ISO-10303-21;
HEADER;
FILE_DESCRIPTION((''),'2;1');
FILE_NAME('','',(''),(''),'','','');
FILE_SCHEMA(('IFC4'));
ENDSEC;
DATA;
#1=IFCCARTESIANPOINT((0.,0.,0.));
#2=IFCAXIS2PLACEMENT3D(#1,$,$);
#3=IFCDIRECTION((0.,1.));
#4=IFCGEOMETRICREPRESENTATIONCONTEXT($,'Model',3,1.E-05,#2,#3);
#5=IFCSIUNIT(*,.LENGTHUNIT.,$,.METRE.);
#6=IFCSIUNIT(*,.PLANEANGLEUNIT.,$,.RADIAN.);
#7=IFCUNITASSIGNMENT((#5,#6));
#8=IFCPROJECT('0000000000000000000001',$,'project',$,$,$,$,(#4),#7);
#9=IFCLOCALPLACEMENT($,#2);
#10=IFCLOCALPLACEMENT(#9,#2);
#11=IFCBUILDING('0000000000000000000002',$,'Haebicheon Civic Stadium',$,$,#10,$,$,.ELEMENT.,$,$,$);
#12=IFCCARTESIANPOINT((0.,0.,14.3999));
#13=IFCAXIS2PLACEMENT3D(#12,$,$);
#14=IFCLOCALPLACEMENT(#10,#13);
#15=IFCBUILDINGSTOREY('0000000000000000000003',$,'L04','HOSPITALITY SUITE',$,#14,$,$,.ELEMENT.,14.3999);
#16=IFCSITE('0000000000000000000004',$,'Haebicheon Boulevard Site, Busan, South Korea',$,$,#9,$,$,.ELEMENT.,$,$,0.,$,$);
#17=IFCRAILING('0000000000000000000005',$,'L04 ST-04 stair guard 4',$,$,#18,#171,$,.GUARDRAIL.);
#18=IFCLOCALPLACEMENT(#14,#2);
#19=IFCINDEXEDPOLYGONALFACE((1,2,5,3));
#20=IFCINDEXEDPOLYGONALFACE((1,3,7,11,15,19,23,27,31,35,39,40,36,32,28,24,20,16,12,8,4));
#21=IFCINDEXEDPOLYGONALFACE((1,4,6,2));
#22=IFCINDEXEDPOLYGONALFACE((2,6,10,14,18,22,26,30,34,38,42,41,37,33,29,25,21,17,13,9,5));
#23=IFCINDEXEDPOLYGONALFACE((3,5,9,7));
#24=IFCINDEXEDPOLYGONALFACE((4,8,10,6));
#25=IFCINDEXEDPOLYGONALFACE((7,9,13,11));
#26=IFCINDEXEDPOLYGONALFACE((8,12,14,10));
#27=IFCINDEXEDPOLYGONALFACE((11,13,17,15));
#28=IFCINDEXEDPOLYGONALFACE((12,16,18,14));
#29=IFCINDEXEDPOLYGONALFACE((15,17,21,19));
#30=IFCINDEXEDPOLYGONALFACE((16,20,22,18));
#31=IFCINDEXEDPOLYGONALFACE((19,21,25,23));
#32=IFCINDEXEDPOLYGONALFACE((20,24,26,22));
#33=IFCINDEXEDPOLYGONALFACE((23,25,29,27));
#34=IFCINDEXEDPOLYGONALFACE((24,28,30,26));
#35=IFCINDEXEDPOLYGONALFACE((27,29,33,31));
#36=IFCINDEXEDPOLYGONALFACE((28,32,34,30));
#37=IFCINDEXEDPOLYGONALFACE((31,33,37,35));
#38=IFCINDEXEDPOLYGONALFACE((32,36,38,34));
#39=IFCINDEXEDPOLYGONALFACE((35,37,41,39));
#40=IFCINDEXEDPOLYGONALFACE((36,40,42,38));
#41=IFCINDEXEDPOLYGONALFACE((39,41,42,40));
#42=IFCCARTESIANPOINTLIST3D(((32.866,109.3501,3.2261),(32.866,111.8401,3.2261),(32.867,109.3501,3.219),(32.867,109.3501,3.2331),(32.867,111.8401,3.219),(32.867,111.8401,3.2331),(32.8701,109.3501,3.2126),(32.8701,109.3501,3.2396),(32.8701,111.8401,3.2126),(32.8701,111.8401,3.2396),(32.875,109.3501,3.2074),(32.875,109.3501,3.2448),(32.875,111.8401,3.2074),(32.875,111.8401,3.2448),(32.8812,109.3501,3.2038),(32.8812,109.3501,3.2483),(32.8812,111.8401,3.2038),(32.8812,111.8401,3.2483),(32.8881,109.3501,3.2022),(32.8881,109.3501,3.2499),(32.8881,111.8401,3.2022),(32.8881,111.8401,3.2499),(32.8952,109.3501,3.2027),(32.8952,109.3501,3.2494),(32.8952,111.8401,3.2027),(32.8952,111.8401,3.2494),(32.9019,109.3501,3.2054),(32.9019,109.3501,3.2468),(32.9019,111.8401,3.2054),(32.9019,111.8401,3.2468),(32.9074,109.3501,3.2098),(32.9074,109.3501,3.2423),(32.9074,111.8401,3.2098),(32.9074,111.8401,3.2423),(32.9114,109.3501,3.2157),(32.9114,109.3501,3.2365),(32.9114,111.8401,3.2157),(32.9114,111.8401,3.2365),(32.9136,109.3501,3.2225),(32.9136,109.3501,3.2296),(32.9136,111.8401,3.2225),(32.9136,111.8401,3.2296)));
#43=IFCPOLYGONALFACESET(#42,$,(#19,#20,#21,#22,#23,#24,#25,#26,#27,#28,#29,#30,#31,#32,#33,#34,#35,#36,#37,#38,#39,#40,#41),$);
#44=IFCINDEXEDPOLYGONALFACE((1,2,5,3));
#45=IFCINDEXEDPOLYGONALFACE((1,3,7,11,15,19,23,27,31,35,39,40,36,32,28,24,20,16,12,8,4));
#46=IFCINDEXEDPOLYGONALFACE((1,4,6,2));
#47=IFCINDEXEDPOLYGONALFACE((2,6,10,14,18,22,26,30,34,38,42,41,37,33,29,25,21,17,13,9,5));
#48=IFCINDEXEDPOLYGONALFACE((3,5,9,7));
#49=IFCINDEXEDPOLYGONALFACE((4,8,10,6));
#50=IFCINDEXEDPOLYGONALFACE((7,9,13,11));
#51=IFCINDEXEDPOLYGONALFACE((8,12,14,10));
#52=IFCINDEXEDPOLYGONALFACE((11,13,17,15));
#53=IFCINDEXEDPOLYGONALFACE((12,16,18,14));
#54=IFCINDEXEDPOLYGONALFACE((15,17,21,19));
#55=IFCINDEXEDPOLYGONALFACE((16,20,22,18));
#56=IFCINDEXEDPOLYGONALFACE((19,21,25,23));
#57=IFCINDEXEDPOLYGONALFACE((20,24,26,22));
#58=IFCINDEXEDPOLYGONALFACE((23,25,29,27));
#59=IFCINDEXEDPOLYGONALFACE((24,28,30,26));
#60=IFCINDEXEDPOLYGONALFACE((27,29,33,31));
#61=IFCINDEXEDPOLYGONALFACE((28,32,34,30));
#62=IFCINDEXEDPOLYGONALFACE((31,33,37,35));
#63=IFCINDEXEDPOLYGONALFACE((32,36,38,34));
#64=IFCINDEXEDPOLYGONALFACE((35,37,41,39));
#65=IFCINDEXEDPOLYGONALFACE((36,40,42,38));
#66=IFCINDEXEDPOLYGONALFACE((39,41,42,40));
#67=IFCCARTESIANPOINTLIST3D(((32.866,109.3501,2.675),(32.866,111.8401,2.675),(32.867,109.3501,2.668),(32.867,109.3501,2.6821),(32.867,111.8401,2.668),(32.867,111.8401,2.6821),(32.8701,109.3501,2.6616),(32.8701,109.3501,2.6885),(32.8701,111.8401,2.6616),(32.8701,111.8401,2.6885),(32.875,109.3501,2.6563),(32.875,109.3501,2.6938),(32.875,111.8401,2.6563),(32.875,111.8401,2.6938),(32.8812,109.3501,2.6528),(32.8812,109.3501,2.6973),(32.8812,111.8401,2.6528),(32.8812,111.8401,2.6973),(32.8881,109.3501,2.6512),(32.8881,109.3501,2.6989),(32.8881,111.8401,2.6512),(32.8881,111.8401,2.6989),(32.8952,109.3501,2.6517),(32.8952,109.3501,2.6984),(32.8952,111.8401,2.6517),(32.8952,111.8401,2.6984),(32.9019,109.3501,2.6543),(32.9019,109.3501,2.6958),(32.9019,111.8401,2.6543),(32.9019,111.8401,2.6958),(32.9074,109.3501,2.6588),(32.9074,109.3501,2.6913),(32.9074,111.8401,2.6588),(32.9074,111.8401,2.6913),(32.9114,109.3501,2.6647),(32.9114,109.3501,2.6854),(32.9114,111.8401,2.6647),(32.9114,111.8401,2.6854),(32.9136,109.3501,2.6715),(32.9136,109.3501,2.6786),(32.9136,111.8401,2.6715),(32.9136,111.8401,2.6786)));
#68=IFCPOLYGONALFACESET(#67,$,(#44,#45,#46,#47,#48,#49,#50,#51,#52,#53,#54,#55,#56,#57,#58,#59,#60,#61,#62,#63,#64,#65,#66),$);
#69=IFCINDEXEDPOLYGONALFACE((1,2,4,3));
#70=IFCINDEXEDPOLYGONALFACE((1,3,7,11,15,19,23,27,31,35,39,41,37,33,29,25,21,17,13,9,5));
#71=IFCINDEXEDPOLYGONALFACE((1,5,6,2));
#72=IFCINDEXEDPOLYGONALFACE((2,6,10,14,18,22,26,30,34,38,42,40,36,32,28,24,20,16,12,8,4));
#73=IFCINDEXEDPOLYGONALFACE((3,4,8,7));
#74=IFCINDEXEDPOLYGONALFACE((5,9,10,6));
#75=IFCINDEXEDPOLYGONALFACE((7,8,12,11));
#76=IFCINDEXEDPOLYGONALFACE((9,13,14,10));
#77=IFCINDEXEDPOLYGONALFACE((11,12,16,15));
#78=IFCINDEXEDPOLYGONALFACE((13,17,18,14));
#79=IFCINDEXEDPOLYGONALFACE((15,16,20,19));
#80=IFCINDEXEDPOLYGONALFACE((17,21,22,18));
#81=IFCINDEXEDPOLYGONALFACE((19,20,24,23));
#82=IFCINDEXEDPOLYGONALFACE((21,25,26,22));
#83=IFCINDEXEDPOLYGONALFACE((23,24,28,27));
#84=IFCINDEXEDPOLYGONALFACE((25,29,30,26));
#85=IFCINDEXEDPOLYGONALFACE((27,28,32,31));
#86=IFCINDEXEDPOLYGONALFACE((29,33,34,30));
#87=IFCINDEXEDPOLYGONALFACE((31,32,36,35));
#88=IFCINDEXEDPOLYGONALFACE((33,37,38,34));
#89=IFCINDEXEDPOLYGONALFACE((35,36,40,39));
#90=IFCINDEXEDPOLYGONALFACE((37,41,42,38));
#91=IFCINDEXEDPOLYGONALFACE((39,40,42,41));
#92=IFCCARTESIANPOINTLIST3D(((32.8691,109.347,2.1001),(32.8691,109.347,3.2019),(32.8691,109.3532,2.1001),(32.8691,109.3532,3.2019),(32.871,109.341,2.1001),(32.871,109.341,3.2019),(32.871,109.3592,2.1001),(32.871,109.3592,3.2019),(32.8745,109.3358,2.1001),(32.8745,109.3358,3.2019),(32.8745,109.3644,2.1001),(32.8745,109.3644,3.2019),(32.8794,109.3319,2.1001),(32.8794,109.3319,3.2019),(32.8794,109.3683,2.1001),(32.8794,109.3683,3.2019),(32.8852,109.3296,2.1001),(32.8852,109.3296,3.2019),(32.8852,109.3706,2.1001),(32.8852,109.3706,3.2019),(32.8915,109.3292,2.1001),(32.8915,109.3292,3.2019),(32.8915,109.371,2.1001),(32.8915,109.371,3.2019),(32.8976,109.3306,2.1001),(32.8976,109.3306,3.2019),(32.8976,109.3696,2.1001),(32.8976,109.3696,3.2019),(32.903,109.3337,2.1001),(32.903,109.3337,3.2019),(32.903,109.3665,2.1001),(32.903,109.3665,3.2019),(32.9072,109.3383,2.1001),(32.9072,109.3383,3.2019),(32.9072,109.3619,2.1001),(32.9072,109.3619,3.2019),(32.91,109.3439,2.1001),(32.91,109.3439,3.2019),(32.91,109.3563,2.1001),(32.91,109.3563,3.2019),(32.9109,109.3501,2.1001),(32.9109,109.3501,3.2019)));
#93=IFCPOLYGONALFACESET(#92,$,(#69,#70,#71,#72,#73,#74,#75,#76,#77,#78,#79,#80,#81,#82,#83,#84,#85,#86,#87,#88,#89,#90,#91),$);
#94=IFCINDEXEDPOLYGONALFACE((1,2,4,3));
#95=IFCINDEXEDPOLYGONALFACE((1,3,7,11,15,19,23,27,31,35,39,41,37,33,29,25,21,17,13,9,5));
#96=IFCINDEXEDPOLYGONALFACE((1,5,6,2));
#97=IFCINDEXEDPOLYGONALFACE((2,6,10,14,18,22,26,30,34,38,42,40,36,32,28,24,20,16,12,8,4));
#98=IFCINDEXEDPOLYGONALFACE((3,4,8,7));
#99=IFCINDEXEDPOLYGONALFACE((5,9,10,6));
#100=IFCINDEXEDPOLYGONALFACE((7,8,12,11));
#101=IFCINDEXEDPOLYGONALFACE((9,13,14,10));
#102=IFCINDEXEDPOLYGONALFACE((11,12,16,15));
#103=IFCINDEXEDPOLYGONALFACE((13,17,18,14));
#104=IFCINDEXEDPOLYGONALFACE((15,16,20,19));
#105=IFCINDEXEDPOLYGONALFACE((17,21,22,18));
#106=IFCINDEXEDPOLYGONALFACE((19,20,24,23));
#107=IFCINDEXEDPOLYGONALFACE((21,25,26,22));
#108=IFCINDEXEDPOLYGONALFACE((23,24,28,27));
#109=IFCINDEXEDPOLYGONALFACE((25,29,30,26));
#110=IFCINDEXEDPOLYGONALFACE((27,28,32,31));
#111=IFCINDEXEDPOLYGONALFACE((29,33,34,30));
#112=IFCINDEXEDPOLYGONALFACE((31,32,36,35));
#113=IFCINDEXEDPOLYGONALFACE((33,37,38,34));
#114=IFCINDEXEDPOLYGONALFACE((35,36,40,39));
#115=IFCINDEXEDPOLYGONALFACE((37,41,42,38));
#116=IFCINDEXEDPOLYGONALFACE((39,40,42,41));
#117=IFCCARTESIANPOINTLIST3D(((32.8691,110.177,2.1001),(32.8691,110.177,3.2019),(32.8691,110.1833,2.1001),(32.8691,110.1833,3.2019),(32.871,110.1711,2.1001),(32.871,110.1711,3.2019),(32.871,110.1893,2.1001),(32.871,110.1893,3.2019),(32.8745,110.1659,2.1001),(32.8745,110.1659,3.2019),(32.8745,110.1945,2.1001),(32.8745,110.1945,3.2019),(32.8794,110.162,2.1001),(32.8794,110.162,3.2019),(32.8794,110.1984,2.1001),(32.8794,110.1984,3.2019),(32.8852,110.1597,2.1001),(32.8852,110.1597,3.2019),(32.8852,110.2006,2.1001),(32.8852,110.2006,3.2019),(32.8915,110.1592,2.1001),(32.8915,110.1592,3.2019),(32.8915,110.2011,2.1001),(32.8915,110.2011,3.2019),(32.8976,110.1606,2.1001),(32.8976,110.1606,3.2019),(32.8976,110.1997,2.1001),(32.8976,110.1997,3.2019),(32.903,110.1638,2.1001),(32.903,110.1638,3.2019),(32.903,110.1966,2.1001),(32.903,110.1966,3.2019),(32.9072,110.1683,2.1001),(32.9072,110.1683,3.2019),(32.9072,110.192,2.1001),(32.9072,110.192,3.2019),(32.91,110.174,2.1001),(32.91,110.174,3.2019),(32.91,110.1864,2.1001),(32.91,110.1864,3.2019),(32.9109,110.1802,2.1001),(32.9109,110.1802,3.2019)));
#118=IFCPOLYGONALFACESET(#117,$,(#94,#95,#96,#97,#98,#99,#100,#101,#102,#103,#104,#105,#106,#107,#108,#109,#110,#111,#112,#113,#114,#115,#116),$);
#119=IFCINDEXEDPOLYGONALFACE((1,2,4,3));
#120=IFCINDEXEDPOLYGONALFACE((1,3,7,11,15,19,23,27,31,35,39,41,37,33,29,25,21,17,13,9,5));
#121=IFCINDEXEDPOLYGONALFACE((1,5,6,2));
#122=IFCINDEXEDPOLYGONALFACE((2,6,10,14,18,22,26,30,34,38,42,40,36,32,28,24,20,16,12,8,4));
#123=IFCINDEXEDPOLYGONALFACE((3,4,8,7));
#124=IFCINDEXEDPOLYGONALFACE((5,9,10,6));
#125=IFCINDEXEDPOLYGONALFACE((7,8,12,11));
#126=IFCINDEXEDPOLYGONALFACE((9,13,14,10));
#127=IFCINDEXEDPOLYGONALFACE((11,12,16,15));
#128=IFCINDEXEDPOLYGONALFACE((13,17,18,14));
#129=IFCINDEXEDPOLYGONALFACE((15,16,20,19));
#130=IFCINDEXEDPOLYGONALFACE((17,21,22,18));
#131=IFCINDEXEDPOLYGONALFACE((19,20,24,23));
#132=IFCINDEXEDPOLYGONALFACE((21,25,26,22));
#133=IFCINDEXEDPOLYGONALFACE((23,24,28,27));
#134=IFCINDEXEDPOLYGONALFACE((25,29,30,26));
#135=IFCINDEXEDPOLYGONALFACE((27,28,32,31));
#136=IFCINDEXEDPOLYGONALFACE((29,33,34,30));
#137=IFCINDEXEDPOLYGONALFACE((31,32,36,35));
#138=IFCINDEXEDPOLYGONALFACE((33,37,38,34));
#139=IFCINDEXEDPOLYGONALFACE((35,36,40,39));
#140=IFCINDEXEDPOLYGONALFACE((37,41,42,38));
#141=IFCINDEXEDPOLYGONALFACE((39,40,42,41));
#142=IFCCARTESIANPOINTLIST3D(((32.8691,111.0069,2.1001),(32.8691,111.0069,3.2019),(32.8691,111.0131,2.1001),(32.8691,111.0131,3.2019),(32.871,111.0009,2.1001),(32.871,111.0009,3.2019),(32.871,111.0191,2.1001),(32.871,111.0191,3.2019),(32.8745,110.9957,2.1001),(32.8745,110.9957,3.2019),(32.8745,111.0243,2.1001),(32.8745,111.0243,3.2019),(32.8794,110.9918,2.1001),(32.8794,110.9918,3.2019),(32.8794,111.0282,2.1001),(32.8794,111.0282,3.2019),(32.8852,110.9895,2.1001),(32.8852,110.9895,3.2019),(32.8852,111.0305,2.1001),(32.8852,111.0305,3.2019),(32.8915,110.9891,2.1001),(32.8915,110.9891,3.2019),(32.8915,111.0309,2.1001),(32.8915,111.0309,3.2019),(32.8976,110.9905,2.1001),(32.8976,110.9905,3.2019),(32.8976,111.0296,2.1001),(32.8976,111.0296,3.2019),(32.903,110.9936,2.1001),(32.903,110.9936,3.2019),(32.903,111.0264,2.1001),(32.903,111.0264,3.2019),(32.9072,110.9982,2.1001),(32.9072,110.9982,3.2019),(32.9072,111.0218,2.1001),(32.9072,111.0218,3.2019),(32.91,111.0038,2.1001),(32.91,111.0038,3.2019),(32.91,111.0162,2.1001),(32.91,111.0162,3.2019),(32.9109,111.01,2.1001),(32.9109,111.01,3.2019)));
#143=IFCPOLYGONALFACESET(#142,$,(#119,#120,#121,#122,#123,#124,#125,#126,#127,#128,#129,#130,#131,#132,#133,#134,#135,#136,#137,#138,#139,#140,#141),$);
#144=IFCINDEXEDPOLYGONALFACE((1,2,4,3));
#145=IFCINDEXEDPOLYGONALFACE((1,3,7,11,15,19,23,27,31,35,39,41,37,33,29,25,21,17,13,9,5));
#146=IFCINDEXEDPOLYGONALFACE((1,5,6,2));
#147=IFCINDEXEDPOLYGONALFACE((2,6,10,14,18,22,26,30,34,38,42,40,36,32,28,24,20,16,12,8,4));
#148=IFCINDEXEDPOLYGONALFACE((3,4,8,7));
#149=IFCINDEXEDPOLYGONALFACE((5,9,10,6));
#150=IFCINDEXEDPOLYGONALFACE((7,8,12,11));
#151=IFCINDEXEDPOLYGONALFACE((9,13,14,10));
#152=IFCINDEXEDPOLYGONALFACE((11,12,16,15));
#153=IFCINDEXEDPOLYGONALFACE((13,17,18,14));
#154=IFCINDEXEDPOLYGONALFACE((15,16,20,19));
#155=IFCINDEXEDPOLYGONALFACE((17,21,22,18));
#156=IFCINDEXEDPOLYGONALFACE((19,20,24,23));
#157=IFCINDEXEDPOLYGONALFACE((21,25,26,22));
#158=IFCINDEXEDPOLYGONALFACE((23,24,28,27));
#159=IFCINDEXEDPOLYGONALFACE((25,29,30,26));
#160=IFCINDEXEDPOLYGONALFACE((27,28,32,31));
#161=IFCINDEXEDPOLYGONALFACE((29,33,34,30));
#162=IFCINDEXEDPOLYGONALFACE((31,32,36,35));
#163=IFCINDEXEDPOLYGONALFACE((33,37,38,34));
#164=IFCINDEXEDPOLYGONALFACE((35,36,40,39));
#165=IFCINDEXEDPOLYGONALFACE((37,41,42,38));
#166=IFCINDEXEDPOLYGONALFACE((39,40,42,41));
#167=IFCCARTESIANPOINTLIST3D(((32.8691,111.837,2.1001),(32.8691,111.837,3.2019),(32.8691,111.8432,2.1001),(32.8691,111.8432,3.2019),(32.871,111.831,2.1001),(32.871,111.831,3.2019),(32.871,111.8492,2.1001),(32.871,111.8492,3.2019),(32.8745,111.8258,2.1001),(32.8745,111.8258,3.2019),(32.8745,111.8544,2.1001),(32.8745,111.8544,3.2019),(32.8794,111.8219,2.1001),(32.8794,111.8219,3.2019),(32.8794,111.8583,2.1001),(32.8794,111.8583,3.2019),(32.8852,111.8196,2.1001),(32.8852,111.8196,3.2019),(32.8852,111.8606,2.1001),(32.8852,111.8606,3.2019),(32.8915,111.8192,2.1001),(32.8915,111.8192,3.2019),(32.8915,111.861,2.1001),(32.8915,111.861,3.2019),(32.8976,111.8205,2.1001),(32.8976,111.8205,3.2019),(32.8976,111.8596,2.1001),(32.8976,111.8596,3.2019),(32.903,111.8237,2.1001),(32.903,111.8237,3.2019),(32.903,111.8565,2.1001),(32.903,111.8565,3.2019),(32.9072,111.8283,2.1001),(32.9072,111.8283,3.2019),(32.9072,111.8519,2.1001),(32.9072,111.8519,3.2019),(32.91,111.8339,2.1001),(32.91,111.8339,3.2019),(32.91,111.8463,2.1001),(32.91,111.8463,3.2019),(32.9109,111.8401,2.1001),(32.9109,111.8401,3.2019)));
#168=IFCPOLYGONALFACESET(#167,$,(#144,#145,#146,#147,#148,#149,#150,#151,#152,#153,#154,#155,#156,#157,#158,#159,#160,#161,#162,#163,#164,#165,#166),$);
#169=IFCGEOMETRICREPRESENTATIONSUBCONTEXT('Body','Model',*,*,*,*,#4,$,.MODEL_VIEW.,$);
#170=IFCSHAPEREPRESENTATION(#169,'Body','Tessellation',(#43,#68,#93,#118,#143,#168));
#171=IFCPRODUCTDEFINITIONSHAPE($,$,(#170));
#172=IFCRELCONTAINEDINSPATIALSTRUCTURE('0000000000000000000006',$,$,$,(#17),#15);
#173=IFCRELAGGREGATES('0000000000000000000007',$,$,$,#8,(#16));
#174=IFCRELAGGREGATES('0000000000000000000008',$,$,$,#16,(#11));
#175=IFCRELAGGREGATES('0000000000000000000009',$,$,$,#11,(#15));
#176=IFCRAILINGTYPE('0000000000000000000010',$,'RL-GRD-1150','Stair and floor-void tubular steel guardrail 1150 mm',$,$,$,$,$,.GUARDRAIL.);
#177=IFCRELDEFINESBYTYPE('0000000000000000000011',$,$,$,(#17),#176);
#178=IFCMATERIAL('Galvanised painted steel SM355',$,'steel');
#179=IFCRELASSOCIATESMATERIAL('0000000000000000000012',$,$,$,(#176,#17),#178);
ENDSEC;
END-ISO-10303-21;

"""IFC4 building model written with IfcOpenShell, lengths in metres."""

from ifc_helpers import new_model, si_unit, direction, frame, origin, origin_2d, place, context, subcontext, project, spatial, circle, extrude, material, type_object, element, save


model = new_model("IFC4")

# Units and contexts
model_context = context("Model", 3, precision=1e-05, world=origin(), true_north=direction((0.0, 1.0)))
body_context = subcontext(model_context, "Body", "Model", "MODEL_VIEW")
ifc_project = project(units=[si_unit("LENGTHUNIT", "METRE"), si_unit("PLANEANGLEUNIT", "RADIAN")], contexts=[model_context])

# Site, building, storey
site_placement = place(None, origin())
site = spatial("IfcSite", under=ifc_project, at=site_placement, Name="Haebicheon Boulevard Site, Busan, South Korea", CompositionType="ELEMENT", RefElevation=0.0)
building_placement = place(site_placement, origin())
building = spatial("IfcBuilding", under=site, at=building_placement, Name="Haebicheon Civic Stadium", CompositionType="ELEMENT")
storey_placement = place(building_placement, frame((0.0, 0.0, 14.3999)))
storey = spatial("IfcBuildingStorey", under=building, at=storey_placement, Name="L04", Description="HOSPITALITY SUITE", CompositionType="ELEMENT", Elevation=14.3999)

# Railing
ifc_material_1 = material(Name="Galvanised painted steel SM355", Category="steel")
railing_type_1 = type_object("IfcRailingType", Name="RL-GRD-1150", Description="Stair and floor-void tubular steel guardrail 1150 mm", PredefinedType="GUARDRAIL", material=ifc_material_1)
railing_1_placement = place(storey_placement, frame((32.8899, 109.3501, 2.1001)))
element("IfcRailing", 1, at=railing_1_placement, inside=storey, type_object=railing_type_1, material=ifc_material_1, Name="L04 ST-04 stair guard 4", PredefinedType="GUARDRAIL", context=body_context, shape_type="SweptSolid", body=[
    extrude(circle(Radius=0.0239, at=origin_2d()), frame((0.0, 0.0, 1.126), z_axis=(0.0, 1.0, 0.0), x_axis=(-1.0, 0.0, 0.0)), (0.0, 0.0, 1.0), 2.49),
    extrude(circle(Radius=0.0239, at=origin_2d()), frame((0.0, 0.0, 0.575), z_axis=(0.0, 1.0, 0.0), x_axis=(-1.0, 0.0, 0.0)), (0.0, 0.0, 1.0), 2.49),
    extrude(circle(Radius=0.021, at=origin_2d()), origin(), (0.0, 0.0, 1.0), 1.1018),
    extrude(circle(Radius=0.021, at=origin_2d()), frame((0.0, 0.8301, 0.0)), (0.0, 0.0, 1.0), 1.1018),
    extrude(circle(Radius=0.021, at=origin_2d()), frame((0.0, 1.6599, 0.0)), (0.0, 0.0, 1.0), 1.1018),
    extrude(circle(Radius=0.021, at=origin_2d()), frame((0.0, 2.49, 0.0)), (0.0, 0.0, 1.0), 1.1018),
])

save(model, "model.ifc")
